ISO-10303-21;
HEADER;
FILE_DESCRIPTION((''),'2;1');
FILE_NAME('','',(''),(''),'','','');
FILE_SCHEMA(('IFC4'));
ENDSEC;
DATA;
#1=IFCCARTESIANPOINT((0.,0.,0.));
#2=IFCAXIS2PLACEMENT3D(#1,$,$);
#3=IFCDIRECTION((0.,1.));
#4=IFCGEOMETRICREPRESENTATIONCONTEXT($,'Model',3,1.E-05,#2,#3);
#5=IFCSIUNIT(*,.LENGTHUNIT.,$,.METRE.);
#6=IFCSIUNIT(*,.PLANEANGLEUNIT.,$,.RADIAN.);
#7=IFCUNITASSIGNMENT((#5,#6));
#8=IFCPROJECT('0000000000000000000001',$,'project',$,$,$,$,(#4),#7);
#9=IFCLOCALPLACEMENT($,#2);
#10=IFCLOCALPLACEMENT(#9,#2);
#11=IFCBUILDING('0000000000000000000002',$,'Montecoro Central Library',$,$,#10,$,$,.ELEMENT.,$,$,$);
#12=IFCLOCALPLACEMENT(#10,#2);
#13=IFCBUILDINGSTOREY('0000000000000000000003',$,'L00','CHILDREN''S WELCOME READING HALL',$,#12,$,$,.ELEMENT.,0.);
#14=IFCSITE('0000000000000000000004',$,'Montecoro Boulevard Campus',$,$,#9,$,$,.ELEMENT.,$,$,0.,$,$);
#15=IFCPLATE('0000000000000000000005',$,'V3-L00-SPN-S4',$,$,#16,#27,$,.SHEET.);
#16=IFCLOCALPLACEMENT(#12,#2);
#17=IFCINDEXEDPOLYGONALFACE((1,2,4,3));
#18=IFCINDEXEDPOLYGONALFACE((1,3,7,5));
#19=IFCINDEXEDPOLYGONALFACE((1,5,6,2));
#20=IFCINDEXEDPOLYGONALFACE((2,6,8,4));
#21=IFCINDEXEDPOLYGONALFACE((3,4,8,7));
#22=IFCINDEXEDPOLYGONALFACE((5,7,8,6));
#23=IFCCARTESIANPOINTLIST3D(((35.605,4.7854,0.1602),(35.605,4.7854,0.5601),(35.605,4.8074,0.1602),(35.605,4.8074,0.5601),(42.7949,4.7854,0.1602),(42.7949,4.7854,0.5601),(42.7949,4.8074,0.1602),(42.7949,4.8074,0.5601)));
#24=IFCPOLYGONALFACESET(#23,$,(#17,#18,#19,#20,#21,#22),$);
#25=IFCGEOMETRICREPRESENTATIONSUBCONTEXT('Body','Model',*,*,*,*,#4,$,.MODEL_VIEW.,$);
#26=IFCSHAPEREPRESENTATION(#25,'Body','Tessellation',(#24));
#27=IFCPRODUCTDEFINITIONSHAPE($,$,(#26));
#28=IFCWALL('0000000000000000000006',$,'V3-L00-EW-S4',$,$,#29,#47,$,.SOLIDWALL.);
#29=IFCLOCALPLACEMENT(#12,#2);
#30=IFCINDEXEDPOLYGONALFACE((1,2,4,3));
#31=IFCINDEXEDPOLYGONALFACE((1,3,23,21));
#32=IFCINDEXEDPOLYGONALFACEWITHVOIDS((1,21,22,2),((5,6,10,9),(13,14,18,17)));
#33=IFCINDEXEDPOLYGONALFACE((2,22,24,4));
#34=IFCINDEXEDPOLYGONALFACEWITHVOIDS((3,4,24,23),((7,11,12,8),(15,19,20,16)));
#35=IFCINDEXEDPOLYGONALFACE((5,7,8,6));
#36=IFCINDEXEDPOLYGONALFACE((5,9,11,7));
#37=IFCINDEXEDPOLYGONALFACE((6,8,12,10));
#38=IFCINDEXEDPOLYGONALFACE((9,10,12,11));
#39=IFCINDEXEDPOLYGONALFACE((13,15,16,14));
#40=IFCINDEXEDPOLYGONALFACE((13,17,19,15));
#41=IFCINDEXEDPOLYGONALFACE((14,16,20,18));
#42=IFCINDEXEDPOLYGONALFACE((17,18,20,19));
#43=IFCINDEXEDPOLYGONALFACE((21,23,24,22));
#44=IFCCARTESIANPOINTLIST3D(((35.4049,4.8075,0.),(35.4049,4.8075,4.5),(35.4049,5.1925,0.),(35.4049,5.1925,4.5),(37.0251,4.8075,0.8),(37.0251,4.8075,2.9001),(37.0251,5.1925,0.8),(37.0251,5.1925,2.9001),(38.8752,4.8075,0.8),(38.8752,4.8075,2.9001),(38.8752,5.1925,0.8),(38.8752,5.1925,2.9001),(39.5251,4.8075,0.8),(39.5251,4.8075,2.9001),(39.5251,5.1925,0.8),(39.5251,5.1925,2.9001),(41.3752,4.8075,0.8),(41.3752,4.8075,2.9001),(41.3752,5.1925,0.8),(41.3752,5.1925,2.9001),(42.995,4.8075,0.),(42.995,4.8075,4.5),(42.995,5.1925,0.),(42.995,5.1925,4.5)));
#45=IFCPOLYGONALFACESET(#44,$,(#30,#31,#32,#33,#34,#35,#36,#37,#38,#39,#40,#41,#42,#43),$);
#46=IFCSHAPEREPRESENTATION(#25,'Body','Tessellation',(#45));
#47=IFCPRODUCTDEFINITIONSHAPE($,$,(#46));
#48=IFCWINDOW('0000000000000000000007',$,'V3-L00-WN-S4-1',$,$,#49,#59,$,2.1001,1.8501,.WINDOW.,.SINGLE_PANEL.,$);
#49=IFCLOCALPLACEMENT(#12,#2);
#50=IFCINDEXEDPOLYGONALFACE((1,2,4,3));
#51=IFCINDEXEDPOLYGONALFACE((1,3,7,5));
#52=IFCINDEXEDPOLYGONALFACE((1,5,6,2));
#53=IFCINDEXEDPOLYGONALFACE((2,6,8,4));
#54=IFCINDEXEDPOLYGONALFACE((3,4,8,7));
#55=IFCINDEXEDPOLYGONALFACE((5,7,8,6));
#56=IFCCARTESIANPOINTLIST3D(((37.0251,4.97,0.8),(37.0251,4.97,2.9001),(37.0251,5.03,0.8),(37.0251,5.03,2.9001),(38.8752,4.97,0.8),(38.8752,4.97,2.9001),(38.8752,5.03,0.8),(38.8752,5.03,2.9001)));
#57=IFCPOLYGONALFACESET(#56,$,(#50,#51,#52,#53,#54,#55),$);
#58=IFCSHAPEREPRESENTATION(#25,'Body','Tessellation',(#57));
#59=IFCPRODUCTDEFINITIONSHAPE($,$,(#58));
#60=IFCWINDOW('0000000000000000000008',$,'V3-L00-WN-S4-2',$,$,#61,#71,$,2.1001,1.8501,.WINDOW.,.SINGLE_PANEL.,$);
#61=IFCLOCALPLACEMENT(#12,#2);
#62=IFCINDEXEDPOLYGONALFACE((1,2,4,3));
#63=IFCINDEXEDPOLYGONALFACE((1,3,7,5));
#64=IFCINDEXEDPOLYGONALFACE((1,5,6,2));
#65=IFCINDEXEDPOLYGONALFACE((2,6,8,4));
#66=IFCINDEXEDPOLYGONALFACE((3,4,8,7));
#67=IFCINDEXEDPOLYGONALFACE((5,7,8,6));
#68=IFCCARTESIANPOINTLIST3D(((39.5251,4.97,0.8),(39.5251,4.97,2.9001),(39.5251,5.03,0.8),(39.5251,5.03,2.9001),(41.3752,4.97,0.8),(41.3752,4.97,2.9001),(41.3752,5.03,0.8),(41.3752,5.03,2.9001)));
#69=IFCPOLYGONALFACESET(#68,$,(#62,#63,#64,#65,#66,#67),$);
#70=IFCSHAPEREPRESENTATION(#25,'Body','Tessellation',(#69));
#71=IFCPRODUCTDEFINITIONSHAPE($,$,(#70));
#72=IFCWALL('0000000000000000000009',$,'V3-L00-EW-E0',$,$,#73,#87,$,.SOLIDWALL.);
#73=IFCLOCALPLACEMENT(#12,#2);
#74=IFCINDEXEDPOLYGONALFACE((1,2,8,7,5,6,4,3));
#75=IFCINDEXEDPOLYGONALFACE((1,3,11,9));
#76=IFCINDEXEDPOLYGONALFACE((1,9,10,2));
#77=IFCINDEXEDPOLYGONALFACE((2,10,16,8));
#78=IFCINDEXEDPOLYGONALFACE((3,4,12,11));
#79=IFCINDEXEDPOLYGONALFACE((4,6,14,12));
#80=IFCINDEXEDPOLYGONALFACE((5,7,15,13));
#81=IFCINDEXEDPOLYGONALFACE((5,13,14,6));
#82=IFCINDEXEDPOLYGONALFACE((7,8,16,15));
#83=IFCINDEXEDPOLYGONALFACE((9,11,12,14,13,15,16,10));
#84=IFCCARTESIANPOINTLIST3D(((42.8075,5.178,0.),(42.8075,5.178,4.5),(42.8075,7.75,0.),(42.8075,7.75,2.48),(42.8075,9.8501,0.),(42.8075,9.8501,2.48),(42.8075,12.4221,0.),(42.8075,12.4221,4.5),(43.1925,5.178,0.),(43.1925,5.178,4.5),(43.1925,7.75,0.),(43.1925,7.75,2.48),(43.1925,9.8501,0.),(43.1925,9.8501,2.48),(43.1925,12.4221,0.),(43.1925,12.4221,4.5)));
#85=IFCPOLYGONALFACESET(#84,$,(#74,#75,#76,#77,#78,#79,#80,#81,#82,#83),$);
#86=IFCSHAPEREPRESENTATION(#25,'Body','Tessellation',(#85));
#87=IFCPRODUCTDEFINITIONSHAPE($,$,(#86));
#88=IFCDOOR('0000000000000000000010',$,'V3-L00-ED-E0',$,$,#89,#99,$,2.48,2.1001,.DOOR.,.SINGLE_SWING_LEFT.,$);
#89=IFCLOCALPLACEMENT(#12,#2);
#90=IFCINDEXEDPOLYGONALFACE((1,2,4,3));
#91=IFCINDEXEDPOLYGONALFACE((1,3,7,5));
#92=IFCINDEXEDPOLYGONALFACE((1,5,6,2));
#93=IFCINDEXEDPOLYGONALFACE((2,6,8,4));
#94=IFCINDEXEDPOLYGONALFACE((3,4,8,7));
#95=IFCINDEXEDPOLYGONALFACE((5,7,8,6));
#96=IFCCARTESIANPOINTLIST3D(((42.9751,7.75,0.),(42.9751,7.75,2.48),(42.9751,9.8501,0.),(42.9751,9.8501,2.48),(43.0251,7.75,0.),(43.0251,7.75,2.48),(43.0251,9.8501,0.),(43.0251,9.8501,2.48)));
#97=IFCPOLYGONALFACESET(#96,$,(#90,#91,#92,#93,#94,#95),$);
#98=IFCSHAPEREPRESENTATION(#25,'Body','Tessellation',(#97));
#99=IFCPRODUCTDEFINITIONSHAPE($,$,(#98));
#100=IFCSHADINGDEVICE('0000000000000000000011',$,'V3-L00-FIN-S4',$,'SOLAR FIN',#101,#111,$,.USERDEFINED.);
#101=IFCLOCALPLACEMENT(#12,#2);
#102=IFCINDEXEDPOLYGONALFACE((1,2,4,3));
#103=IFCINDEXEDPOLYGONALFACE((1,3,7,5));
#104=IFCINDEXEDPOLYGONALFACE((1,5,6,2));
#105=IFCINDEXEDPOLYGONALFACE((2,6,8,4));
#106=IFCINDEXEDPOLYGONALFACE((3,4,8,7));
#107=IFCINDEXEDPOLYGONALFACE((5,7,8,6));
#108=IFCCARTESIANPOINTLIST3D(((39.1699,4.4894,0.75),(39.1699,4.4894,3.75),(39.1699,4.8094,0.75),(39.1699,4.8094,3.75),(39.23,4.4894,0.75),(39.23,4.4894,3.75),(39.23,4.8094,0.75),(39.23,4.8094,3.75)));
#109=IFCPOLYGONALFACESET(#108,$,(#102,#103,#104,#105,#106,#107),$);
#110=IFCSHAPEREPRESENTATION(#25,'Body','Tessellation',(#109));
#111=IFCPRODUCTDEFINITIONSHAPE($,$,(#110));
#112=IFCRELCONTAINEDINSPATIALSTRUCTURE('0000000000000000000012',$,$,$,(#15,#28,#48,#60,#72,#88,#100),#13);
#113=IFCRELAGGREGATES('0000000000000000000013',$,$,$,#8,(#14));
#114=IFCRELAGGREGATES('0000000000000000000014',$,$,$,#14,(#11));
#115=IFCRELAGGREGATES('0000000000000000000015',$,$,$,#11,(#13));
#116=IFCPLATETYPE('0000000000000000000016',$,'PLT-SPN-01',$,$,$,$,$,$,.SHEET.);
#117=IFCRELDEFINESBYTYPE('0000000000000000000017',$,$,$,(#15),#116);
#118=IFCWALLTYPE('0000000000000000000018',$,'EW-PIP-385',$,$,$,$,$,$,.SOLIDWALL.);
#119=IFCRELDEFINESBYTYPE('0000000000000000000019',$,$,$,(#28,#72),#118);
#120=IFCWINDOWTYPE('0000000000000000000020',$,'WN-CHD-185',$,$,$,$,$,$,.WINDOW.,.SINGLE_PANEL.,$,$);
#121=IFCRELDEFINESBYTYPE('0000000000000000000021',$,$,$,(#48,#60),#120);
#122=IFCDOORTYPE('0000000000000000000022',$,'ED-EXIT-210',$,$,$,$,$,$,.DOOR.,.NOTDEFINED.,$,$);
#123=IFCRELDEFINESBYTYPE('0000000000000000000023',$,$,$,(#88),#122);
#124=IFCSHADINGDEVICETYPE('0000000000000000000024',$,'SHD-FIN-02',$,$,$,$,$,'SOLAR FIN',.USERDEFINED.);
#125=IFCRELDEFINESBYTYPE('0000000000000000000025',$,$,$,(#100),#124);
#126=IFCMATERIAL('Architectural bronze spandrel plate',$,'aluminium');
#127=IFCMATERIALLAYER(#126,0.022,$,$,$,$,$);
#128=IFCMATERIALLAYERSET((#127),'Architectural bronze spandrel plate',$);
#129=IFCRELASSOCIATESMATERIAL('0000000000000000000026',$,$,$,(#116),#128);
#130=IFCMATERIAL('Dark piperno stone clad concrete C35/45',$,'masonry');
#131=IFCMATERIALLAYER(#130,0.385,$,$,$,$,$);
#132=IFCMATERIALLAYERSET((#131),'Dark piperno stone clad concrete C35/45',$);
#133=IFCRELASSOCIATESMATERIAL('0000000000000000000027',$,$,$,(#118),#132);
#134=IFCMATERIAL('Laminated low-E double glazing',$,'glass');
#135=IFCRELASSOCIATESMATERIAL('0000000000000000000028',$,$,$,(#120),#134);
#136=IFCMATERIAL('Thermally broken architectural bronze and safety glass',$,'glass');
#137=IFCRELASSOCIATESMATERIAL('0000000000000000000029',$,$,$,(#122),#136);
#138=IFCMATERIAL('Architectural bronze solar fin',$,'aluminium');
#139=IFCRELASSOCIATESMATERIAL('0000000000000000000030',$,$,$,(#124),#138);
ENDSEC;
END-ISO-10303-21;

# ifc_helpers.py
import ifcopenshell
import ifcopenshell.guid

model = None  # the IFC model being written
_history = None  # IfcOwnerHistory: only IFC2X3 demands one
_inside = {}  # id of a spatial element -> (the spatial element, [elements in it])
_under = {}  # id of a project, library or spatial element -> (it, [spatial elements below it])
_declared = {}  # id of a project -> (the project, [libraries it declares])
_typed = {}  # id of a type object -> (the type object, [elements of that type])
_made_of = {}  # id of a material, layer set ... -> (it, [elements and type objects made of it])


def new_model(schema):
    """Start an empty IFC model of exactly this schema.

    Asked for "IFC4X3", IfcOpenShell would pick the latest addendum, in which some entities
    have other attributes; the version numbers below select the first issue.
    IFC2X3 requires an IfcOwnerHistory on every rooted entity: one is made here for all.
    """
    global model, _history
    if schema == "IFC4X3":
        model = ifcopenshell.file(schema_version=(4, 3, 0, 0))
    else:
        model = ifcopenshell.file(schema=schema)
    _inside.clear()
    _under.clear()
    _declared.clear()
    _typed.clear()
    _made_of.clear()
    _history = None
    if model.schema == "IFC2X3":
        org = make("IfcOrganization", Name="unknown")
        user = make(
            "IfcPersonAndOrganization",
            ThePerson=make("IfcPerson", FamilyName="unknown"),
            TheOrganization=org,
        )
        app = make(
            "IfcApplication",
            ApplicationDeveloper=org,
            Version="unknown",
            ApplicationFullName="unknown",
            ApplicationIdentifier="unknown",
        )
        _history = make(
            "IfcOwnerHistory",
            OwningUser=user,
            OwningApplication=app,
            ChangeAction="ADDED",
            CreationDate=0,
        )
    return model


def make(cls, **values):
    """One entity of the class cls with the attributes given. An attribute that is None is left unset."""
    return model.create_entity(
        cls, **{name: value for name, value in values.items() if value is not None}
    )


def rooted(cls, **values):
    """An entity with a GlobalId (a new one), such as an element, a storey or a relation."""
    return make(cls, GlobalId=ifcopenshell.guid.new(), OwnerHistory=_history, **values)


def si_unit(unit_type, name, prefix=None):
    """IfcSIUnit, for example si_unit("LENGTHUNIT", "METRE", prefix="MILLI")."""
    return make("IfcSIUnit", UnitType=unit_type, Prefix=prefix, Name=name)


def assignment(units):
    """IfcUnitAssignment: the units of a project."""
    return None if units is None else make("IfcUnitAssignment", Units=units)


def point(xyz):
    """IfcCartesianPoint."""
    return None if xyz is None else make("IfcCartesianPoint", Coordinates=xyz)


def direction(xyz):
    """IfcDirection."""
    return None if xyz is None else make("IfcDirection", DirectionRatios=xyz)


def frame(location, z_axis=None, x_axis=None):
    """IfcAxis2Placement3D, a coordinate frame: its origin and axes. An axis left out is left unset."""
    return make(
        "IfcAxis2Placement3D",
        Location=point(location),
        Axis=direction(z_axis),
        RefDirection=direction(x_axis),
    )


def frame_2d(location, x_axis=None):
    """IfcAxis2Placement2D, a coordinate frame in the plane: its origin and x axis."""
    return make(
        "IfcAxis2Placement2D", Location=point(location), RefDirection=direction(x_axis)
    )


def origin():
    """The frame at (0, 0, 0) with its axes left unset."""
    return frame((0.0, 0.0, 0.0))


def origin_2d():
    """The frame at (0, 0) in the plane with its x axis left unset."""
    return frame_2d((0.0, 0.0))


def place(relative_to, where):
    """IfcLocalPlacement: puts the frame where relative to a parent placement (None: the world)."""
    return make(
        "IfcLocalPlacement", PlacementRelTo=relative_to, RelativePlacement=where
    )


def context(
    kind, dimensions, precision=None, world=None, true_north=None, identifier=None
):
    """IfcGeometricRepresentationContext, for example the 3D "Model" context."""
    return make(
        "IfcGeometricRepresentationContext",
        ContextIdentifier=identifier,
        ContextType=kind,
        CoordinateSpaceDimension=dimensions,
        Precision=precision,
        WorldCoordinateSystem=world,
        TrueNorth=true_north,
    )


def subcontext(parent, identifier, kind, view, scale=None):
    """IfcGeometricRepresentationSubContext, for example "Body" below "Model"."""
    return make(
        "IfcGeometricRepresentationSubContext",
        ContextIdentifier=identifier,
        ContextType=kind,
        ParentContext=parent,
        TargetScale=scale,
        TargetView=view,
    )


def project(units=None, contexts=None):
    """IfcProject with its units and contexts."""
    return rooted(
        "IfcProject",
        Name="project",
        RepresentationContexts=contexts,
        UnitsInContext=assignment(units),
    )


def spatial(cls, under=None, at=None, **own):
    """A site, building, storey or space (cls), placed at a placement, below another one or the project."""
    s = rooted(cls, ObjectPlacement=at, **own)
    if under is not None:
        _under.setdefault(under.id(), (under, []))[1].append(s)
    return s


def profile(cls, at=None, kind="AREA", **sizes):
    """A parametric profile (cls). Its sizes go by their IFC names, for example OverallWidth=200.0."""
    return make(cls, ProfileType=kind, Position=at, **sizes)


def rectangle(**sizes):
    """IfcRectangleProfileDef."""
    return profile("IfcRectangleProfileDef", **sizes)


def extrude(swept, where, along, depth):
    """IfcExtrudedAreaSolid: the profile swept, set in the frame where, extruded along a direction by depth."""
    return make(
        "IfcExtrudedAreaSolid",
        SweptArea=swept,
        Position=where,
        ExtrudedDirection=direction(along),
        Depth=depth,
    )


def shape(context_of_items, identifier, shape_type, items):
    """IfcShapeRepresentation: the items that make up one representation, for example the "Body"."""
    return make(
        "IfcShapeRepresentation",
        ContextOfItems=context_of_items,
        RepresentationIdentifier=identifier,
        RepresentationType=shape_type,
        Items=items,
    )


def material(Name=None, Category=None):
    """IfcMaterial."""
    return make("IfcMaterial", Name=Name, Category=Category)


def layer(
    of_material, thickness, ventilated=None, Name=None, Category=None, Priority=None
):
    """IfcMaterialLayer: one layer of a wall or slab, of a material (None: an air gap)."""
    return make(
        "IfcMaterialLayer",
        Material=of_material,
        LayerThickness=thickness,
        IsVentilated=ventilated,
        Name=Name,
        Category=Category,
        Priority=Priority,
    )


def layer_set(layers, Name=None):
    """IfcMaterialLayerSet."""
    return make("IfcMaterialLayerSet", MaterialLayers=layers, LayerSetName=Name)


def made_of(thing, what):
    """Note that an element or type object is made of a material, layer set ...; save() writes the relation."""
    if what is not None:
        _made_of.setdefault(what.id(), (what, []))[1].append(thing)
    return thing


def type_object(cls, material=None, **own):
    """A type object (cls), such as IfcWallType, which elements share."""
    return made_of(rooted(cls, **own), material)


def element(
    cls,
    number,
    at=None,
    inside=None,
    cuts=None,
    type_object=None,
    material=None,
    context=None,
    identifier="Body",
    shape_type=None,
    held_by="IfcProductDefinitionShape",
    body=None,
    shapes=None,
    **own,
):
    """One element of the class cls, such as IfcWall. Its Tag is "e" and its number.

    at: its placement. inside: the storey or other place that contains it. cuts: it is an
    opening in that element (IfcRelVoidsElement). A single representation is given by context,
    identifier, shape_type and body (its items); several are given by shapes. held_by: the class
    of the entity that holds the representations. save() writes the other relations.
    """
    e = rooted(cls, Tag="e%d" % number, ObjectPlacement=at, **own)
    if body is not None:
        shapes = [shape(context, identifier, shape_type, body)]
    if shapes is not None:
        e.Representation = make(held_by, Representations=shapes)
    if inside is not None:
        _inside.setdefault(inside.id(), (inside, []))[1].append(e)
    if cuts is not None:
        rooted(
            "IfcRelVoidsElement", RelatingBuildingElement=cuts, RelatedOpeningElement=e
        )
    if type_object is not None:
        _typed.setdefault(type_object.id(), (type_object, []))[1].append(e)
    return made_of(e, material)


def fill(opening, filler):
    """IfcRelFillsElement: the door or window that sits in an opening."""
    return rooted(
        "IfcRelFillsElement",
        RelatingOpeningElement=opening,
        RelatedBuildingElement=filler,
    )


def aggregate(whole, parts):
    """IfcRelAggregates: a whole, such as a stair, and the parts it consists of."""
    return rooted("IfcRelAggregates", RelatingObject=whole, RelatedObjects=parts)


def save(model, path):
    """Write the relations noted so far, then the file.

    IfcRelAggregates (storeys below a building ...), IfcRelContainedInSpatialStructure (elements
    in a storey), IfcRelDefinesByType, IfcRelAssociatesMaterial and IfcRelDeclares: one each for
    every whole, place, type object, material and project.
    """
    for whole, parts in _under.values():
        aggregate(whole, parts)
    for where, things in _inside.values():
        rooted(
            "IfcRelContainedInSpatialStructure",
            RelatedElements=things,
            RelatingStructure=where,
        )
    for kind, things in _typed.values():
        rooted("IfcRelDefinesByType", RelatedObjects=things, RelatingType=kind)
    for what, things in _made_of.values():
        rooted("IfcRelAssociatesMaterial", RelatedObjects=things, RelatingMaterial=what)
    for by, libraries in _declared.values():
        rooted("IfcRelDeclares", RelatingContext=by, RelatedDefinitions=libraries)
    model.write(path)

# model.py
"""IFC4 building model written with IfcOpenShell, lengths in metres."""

from ifc_helpers import new_model, si_unit, direction, frame, frame_2d, origin, origin_2d, place, context, subcontext, project, spatial, rectangle, extrude, material, layer, layer_set, type_object, element, fill, save


model = new_model("IFC4")

# Units and contexts
model_context = context("Model", 3, precision=1e-05, world=origin(), true_north=direction((0.0, 1.0)))
body_context = subcontext(model_context, "Body", "Model", "MODEL_VIEW")
ifc_project = project(units=[si_unit("LENGTHUNIT", "METRE"), si_unit("PLANEANGLEUNIT", "RADIAN")], contexts=[model_context])

# Site, building, storey
site_placement = place(None, origin())
site = spatial("IfcSite", under=ifc_project, at=site_placement, Name="Montecoro Boulevard Campus", CompositionType="ELEMENT", RefElevation=0.0)
building_placement = place(site_placement, origin())
building = spatial("IfcBuilding", under=site, at=building_placement, Name="Montecoro Central Library", CompositionType="ELEMENT")
storey_placement = place(building_placement, origin())
storey = spatial("IfcBuildingStorey", under=building, at=storey_placement, Name="L00", Description="CHILDREN'S WELCOME READING HALL", CompositionType="ELEMENT", Elevation=0.0)

# Plate
ifc_material_1 = material(Name="Architectural bronze spandrel plate", Category="aluminium")
ifc_layer_1 = layer(ifc_material_1, 0.022)
ifc_layer_set_1 = layer_set([ifc_layer_1], Name="Architectural bronze spandrel plate")
plate_type = type_object("IfcPlateType", Name="PLT-SPN-01", PredefinedType="SHEET", material=ifc_layer_set_1)
plate_placement = place(storey_placement, frame((39.2, 4.7964, 0.1602), z_axis=(0.0, 0.0, 1.0), x_axis=(1.0, 0.0, 0.0)))
element("IfcPlate", 1, at=plate_placement, inside=storey, type_object=plate_type, Name="V3-L00-SPN-S4", PredefinedType="SHEET", context=body_context, shape_type="SweptSolid", body=[
    extrude(rectangle(XDim=7.1899, YDim=0.022, at=origin_2d()), origin(), (0.0, 0.0, 1.0), 0.3999),
])

# Wall, openings, windows
ifc_material_2 = material(Name="Dark piperno stone clad concrete C35/45", Category="masonry")
ifc_layer_2 = layer(ifc_material_2, 0.385)
ifc_layer_set_2 = layer_set([ifc_layer_2], Name="Dark piperno stone clad concrete C35/45")
wall_type = type_object("IfcWallType", Name="EW-PIP-385", PredefinedType="SOLIDWALL", material=ifc_layer_set_2)
wall_1_placement = place(storey_placement, frame((35.405, 5.0, 0.0), z_axis=(0.0, 0.0, 1.0), x_axis=(1.0, 0.0, 0.0)))
wall_1 = element("IfcWall", 2, at=wall_1_placement, inside=storey, type_object=wall_type, Name="V3-L00-EW-S4", PredefinedType="SOLIDWALL", context=body_context, shape_type="SweptSolid", body=[
    extrude(rectangle(XDim=7.5901, YDim=0.385, at=frame_2d((3.7949, 0.0))), origin(), (0.0, 0.0, 1.0), 4.5),
])
opening_1_placement = place(wall_1_placement, frame((1.6201, 0.0, 0.8)))
opening_1 = element("IfcOpeningElement", 3, at=opening_1_placement, cuts=wall_1, PredefinedType="OPENING", context=body_context, shape_type="SweptSolid", body=[
    extrude(rectangle(XDim=1.8501, YDim=2.1001, at=frame_2d((0.925, 1.05))), frame((0.0, 0.2024, 0.0), z_axis=(0.0, -1.0, 0.0), x_axis=(1.0, 0.0, 0.0)), (0.0, 0.0, 1.0), 0.405),
])
opening_2_placement = place(wall_1_placement, frame((4.1201, 0.0, 0.8)))
opening_2 = element("IfcOpeningElement", 4, at=opening_2_placement, cuts=wall_1, PredefinedType="OPENING", context=body_context, shape_type="SweptSolid", body=[
    extrude(rectangle(XDim=1.8501, YDim=2.1001, at=frame_2d((0.925, 1.05))), frame((0.0, 0.2024, 0.0), z_axis=(0.0, -1.0, 0.0), x_axis=(1.0, 0.0, 0.0)), (0.0, 0.0, 1.0), 0.405),
])
ifc_material_3 = material(Name="Laminated low-E double glazing", Category="glass")
window_type = type_object("IfcWindowType", Name="WN-CHD-185", PartitioningType="SINGLE_PANEL", PredefinedType="WINDOW", material=ifc_material_3)
window_1_placement = place(opening_1_placement, origin())
window_1 = element("IfcWindow", 5, at=window_1_placement, inside=storey, type_object=window_type, Name="V3-L00-WN-S4-1", OverallHeight=2.1001, OverallWidth=1.8501, PartitioningType="SINGLE_PANEL", PredefinedType="WINDOW", context=body_context, shape_type="SweptSolid", body=[
    extrude(rectangle(XDim=1.8501, YDim=2.1001, at=frame_2d((0.925, 1.05))), frame((0.0, 0.03, 0.0), z_axis=(0.0, -1.0, 0.0), x_axis=(1.0, 0.0, 0.0)), (0.0, 0.0, 1.0), 0.0601),
])
fill(opening_1, window_1)
window_2_placement = place(opening_2_placement, origin())
window_2 = element("IfcWindow", 6, at=window_2_placement, inside=storey, type_object=window_type, Name="V3-L00-WN-S4-2", OverallHeight=2.1001, OverallWidth=1.8501, PartitioningType="SINGLE_PANEL", PredefinedType="WINDOW", context=body_context, shape_type="SweptSolid", body=[
    extrude(rectangle(XDim=1.8501, YDim=2.1001, at=frame_2d((0.925, 1.05))), frame((0.0, 0.03, 0.0), z_axis=(0.0, -1.0, 0.0), x_axis=(1.0, 0.0, 0.0)), (0.0, 0.0, 1.0), 0.0601),
])
fill(opening_2, window_2)

# Wall, opening, door
wall_2_placement = place(storey_placement, frame((43.0, 5.178, 0.0), z_axis=(0.0, 0.0, 1.0), x_axis=(0.0, 1.0, 0.0)))
wall_2 = element("IfcWall", 7, at=wall_2_placement, inside=storey, type_object=wall_type, Name="V3-L00-EW-E0", PredefinedType="SOLIDWALL", context=body_context, shape_type="SweptSolid", body=[
    extrude(rectangle(XDim=7.2441, YDim=0.385, at=frame_2d((3.6221, 0.0))), origin(), (0.0, 0.0, 1.0), 4.5),
])
opening_3_placement = place(wall_2_placement, frame((2.572, 0.0, 0.0)))
opening_3 = element("IfcOpeningElement", 8, at=opening_3_placement, cuts=wall_2, PredefinedType="OPENING", context=body_context, shape_type="SweptSolid", body=[
    extrude(rectangle(XDim=2.1001, YDim=2.48, at=frame_2d((1.05, 1.24))), frame((0.0, 0.2024, 0.0), z_axis=(0.0, -1.0, 0.0), x_axis=(1.0, 0.0, 0.0)), (0.0, 0.0, 1.0), 0.405),
])
ifc_material_4 = material(Name="Thermally broken architectural bronze and safety glass", Category="glass")
door_type = type_object("IfcDoorType", Name="ED-EXIT-210", OperationType="NOTDEFINED", PredefinedType="DOOR", material=ifc_material_4)
door_placement = place(opening_3_placement, origin())
door = element("IfcDoor", 9, at=door_placement, inside=storey, type_object=door_type, Name="V3-L00-ED-E0", OperationType="SINGLE_SWING_LEFT", OverallHeight=2.48, OverallWidth=2.1001, PredefinedType="DOOR", context=body_context, shape_type="SweptSolid", body=[
    extrude(rectangle(XDim=2.1001, YDim=2.48, at=frame_2d((1.05, 1.24))), frame((0.0, 0.0249, 0.0), z_axis=(0.0, -1.0, 0.0), x_axis=(1.0, 0.0, 0.0)), (0.0, 0.0, 1.0), 0.05),
])
fill(opening_3, door)

# Shading device
ifc_material_5 = material(Name="Architectural bronze solar fin", Category="aluminium")
shading_device_type = type_object("IfcShadingDeviceType", Name="SHD-FIN-02", ElementType="SOLAR FIN", PredefinedType="USERDEFINED", material=ifc_material_5)
shading_device_placement = place(storey_placement, frame((39.2, 4.6494, 0.75), z_axis=(0.0, 0.0, 1.0), x_axis=(1.0, 0.0, 0.0)))
element("IfcShadingDevice", 10, at=shading_device_placement, inside=storey, type_object=shading_device_type, Name="V3-L00-FIN-S4", ObjectType="SOLAR FIN", PredefinedType="USERDEFINED", context=body_context, shape_type="SweptSolid", body=[
    extrude(rectangle(XDim=0.0601, YDim=0.3201, at=origin_2d()), origin(), (0.0, 0.0, 1.0), 3.0),
])

save(model, "model.ifc")
